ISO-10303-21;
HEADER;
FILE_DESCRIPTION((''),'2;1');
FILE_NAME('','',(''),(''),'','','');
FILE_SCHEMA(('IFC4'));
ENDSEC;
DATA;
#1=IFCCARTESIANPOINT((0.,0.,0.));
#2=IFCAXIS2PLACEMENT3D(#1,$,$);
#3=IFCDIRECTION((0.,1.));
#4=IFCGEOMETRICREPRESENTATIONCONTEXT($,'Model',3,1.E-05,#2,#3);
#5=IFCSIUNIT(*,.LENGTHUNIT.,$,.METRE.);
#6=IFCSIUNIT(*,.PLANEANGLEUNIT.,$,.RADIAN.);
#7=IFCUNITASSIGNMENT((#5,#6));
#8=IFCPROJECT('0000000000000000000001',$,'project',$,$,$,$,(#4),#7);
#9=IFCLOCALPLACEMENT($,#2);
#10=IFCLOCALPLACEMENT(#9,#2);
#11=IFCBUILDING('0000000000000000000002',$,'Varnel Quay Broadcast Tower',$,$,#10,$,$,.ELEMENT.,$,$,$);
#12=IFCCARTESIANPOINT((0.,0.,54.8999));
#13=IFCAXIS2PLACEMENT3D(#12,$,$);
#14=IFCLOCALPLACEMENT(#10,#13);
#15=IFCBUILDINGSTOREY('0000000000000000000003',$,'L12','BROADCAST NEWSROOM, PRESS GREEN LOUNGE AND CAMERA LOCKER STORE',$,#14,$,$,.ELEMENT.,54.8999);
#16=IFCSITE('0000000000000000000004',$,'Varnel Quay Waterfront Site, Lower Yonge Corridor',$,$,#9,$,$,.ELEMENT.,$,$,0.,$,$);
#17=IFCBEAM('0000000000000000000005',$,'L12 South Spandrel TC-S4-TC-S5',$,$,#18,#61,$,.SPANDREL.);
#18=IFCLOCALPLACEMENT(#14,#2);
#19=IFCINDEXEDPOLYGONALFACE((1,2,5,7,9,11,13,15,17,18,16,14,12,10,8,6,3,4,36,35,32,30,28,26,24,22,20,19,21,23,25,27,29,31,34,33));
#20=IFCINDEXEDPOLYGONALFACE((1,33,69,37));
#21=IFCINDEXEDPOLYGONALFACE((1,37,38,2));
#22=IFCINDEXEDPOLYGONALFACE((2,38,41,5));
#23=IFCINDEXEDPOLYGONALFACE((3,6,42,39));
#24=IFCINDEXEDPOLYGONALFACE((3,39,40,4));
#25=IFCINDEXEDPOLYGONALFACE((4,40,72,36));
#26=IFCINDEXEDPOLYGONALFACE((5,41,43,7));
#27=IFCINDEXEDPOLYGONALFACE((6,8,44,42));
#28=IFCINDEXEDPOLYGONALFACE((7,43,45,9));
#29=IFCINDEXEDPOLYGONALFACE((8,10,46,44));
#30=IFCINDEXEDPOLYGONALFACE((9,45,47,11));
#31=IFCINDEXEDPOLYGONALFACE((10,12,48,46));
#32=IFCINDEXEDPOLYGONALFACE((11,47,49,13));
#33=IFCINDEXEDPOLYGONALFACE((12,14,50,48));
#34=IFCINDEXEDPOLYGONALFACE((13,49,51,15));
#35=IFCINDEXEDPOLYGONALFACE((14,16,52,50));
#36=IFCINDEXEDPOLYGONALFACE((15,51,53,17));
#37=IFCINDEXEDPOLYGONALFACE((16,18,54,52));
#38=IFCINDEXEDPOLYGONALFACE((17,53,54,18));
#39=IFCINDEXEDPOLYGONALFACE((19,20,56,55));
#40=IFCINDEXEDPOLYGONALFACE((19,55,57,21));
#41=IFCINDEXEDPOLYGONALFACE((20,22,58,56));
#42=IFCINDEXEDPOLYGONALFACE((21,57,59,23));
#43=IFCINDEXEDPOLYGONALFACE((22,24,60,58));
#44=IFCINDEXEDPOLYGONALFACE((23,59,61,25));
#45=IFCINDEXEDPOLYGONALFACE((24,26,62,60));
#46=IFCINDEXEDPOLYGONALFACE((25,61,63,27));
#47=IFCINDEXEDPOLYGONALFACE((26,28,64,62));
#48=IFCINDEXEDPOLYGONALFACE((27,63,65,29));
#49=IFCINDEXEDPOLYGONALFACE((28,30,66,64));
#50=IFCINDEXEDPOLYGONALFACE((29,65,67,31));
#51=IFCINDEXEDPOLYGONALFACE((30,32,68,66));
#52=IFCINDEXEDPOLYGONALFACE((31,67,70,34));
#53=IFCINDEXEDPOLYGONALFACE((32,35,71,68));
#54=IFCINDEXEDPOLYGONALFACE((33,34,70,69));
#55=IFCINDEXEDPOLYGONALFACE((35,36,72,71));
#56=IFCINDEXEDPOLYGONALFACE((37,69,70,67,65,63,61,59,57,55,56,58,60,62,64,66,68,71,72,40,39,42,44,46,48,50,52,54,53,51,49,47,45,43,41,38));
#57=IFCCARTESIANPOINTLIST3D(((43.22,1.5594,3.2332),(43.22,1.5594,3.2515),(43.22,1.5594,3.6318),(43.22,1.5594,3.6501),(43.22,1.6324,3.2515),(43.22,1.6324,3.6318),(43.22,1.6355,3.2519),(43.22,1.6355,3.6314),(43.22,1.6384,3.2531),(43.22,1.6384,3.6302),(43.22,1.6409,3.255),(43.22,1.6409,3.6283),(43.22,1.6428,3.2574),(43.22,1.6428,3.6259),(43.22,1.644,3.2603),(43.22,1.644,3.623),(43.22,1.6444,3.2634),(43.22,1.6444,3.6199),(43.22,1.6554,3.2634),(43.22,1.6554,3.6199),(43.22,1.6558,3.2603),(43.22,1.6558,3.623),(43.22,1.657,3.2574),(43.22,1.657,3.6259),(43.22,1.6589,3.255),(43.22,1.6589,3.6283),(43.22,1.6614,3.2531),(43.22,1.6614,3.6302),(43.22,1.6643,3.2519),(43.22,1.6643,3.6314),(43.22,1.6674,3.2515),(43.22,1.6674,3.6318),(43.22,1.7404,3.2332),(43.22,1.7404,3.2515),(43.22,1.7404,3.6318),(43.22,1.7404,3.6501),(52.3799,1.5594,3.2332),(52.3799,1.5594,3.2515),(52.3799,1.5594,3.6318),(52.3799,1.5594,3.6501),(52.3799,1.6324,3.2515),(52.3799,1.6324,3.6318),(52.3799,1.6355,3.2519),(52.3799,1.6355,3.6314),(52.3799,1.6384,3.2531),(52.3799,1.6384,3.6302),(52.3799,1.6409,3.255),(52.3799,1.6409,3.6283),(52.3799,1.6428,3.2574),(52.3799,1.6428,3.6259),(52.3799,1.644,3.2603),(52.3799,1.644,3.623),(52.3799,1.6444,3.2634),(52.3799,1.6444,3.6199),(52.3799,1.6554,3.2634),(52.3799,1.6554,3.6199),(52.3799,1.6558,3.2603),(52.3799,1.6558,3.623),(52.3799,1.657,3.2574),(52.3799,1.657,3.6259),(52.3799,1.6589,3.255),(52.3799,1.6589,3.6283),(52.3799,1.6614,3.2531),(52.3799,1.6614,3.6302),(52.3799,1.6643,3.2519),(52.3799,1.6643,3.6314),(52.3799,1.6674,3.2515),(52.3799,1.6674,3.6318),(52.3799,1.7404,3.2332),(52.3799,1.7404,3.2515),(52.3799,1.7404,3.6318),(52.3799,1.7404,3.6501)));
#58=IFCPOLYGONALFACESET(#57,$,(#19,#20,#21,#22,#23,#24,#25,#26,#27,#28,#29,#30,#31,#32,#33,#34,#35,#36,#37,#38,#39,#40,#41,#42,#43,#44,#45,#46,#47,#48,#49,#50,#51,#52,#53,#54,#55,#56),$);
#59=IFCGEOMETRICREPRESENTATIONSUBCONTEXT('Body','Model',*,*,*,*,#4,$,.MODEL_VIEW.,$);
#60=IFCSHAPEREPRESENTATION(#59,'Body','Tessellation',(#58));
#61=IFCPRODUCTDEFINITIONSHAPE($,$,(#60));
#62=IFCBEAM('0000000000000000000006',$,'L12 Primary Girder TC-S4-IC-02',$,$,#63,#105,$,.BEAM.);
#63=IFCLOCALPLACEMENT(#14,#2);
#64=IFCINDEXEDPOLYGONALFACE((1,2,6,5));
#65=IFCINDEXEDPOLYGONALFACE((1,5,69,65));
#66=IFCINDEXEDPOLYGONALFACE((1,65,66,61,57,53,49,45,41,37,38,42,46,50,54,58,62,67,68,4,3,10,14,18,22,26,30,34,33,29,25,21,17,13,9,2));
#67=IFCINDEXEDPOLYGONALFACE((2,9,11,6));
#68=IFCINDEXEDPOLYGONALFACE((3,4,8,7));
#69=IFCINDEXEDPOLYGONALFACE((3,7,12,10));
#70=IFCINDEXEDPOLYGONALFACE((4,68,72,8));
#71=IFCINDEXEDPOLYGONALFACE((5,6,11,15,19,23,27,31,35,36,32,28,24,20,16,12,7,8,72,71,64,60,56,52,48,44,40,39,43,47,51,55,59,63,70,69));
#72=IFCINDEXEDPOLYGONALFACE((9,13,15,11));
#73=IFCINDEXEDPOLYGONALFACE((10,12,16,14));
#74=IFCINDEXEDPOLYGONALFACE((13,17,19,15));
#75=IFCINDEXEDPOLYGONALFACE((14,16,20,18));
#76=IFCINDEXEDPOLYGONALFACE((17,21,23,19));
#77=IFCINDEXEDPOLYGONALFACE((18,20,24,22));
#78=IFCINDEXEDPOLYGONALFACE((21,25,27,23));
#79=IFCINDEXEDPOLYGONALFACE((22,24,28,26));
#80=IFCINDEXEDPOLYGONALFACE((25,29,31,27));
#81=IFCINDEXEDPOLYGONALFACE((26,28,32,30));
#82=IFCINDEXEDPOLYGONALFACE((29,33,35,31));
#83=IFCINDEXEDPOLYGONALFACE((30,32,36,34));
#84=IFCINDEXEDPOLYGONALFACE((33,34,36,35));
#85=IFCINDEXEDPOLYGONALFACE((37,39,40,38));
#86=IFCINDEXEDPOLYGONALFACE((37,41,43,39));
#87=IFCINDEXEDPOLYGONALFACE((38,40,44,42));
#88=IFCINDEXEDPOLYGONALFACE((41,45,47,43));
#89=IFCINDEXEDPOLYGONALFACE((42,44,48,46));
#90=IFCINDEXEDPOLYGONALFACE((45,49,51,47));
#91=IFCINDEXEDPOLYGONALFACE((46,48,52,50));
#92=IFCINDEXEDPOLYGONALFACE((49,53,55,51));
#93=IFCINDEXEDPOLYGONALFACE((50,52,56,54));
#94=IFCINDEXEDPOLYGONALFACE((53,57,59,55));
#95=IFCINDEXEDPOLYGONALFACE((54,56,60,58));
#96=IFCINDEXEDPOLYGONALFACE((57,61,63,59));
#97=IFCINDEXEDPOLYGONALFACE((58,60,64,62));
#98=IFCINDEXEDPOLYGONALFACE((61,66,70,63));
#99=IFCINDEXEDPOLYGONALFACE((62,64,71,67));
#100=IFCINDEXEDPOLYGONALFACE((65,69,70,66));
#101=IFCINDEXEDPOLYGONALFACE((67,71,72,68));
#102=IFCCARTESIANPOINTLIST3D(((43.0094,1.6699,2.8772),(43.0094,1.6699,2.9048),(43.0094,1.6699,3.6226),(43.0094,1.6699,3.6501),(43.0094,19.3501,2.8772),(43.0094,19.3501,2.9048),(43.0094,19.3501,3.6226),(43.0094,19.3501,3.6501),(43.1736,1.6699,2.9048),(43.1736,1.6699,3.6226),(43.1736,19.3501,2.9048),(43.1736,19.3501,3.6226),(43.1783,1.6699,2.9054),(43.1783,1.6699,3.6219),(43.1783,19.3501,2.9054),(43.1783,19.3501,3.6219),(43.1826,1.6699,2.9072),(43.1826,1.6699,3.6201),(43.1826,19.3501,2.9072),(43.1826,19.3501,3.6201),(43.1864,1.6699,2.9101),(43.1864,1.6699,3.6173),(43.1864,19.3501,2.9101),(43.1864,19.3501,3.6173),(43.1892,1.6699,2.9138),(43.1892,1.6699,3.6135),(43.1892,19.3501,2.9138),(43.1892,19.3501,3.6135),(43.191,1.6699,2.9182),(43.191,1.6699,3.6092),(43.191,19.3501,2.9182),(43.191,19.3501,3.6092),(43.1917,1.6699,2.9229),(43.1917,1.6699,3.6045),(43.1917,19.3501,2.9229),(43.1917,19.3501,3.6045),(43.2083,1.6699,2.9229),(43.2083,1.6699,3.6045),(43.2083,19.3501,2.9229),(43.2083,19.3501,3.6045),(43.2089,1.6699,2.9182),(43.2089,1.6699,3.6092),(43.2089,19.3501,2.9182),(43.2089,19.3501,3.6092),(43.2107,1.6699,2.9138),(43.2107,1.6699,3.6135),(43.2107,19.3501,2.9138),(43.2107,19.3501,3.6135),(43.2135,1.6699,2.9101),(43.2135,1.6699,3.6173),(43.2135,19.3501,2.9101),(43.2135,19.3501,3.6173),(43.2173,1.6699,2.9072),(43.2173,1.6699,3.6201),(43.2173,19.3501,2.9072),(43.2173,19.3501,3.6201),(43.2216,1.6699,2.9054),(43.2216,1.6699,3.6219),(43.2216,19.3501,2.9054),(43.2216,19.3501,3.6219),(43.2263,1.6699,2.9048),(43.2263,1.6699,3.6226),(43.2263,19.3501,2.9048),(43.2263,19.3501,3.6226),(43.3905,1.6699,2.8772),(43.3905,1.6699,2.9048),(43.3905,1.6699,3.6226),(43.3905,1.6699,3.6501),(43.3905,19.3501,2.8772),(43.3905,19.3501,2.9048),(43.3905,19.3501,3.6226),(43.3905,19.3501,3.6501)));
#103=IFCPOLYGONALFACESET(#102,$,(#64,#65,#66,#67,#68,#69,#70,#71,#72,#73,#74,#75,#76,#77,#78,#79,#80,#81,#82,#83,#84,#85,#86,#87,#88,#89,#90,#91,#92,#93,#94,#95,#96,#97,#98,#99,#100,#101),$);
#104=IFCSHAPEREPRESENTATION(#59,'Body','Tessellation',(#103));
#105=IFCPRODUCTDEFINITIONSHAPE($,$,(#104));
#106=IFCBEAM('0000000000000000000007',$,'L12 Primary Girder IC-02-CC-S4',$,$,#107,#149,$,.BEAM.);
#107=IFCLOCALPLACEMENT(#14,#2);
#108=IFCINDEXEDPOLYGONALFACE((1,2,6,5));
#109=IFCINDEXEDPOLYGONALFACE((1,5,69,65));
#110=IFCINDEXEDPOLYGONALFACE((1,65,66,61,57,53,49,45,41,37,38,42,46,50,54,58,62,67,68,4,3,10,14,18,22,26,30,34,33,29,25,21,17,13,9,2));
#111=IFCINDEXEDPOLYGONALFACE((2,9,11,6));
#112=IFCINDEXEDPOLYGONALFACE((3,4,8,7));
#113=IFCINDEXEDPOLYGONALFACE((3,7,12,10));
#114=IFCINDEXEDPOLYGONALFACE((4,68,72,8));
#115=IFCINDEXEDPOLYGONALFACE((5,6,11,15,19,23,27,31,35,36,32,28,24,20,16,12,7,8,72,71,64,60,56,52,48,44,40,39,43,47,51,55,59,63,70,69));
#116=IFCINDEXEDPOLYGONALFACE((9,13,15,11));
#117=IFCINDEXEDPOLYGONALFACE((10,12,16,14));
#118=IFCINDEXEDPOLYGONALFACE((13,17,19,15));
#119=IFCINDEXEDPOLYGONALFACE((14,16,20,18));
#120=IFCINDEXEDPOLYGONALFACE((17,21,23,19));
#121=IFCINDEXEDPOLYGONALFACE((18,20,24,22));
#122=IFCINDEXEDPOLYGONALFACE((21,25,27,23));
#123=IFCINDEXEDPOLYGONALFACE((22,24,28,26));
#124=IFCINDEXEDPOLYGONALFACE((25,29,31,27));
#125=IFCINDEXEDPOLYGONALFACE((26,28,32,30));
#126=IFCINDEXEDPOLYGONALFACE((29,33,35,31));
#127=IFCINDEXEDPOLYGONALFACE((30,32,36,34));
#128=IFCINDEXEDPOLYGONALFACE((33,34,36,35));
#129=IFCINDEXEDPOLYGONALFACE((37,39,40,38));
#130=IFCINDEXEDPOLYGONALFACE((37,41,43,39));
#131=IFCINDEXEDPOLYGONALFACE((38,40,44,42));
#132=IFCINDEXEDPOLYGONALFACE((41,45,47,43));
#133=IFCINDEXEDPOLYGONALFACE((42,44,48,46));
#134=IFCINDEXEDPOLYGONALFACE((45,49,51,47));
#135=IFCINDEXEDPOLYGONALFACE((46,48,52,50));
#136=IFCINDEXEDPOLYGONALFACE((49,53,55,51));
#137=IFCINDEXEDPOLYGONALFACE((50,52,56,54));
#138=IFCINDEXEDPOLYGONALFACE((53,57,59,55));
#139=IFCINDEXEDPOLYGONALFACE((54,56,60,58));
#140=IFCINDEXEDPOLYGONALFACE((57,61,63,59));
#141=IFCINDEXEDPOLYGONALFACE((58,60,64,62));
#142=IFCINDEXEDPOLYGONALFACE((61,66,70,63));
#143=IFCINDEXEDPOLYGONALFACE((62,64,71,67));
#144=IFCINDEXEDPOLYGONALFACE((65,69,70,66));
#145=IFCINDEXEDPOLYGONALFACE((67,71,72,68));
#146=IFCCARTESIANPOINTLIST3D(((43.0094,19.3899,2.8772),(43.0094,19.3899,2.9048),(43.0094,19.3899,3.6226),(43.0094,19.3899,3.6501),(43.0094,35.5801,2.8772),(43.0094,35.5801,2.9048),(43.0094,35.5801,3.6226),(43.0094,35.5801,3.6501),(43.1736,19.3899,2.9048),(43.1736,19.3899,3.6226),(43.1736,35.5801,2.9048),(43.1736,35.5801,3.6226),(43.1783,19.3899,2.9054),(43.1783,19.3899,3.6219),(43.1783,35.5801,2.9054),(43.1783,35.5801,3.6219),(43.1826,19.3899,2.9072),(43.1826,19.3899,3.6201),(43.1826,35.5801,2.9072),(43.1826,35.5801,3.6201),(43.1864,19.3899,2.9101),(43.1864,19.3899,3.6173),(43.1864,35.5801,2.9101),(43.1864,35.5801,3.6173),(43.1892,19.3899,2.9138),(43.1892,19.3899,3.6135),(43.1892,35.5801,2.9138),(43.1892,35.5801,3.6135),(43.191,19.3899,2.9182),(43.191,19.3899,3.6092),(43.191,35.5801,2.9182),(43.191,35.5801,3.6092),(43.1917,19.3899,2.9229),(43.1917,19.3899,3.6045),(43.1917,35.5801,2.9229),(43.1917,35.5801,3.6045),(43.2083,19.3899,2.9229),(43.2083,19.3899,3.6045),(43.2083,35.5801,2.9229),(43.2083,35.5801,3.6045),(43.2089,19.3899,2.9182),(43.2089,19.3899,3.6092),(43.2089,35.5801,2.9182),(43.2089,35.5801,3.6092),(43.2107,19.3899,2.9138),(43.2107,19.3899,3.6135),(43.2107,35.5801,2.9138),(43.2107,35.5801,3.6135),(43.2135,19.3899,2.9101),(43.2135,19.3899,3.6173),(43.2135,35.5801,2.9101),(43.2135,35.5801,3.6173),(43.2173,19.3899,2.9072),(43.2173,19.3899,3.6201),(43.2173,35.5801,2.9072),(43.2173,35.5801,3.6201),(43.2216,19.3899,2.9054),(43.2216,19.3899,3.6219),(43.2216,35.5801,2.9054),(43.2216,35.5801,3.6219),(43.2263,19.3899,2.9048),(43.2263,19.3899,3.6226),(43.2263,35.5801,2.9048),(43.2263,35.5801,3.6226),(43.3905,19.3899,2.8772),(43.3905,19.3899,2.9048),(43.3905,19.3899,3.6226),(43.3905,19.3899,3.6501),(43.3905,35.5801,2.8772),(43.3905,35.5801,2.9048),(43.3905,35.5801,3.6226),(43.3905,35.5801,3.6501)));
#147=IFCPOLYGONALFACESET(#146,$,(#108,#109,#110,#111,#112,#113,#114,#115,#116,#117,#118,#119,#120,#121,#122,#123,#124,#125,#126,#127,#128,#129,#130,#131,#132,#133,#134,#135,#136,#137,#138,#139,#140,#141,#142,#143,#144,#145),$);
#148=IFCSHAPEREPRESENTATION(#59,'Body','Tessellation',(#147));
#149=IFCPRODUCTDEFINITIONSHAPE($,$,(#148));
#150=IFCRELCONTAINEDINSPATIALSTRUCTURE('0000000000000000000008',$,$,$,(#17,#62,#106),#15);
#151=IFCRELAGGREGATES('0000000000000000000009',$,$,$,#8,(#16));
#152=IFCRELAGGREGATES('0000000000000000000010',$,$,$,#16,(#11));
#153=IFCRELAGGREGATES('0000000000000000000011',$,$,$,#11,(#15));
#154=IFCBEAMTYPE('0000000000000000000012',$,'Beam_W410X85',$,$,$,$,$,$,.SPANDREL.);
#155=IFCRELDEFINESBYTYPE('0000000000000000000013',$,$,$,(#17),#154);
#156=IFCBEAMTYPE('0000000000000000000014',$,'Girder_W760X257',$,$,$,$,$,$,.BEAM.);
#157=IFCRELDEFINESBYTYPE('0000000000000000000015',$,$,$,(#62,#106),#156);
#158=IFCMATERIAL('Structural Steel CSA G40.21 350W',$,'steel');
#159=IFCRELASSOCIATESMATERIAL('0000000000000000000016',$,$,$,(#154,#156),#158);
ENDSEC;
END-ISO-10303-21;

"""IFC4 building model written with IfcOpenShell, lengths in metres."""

from ifc_helpers import new_model, si_unit, direction, frame, origin, origin_2d, place, context, subcontext, project, spatial, i_section, extrude, source, transform, mapped, material, material_profile, profile_set, type_object, type_shapes, element, save


model = new_model("IFC4")

# Units and contexts
model_context = context("Model", 3, precision=1e-05, world=origin(), true_north=direction((0.0, 1.0)))
body_context = subcontext(model_context, "Body", "Model", "MODEL_VIEW")
ifc_project = project(units=[si_unit("LENGTHUNIT", "METRE"), si_unit("PLANEANGLEUNIT", "RADIAN")], contexts=[model_context])

# Site, building, storey
site_placement = place(None, origin())
site = spatial("IfcSite", under=ifc_project, at=site_placement, Name="Varnel Quay Waterfront Site, Lower Yonge Corridor", CompositionType="ELEMENT", RefElevation=0.0)
building_placement = place(site_placement, origin())
building = spatial("IfcBuilding", under=site, at=building_placement, Name="Varnel Quay Broadcast Tower", CompositionType="ELEMENT")
storey_placement = place(building_placement, frame((0.0, 0.0, 54.8999)))
storey = spatial("IfcBuildingStorey", under=building, at=storey_placement, Name="L12", Description="BROADCAST NEWSROOM, PRESS GREEN LOUNGE AND CAMERA LOCKER STORE", CompositionType="ELEMENT", Elevation=54.8999)

# Shared definitions
ifc_material_1 = material(Name="Structural Steel CSA G40.21 350W", Category="steel")

# Beams
ifc_material_profile_1 = material_profile(ifc_material_1, i_section(OverallWidth=0.1809, OverallDepth=0.417, WebThickness=0.011, FlangeThickness=0.0183, FilletRadius=0.012, at=origin_2d()), Name="W410X85")
ifc_profile_set_1 = profile_set([ifc_material_profile_1], Name="Structural Steel CSA G40.21 350W")
beam_type_1 = type_object("IfcBeamType", Name="Beam_W410X85", PredefinedType="SPANDREL", material=ifc_profile_set_1)
shared_shape_1 = source(origin(), body_context, "Body", "SweptSolid", [
    extrude(i_section(OverallWidth=0.1809, OverallDepth=0.417, WebThickness=0.011, FlangeThickness=0.0183, FilletRadius=0.012, at=origin_2d()), origin(), (0.0, 0.0, 1.0), 9.1599),
])
type_shapes(beam_type_1, [shared_shape_1])
for number, where, z_axis, x_axis, name in (
    (1, (43.22, 1.6499, 3.4417), (1.0, 0.0, 0.0), (0.0, 1.0, 0.0), "L12 South Spandrel TC-S4-TC-S5"),
):
    element("IfcBeam", number, at=place(storey_placement, frame(where, z_axis=z_axis, x_axis=x_axis)), inside=storey, type_object=beam_type_1, Name=name, PredefinedType="SPANDREL", context=body_context, shape_type="MappedRepresentation", body=[
        mapped(shared_shape_1, transform((0.0, 0.0, 0.0), x_axis=(1.0, 0.0, 0.0), y_axis=(0.0, 1.0, 0.0), z_axis=(0.0, 0.0, 1.0), scale=1.0)),
    ])
ifc_material_profile_2 = material_profile(ifc_material_1, i_section(OverallWidth=0.3811, OverallDepth=0.7729, WebThickness=0.0166, FlangeThickness=0.0276, FilletRadius=0.0181, at=origin_2d()), Name="W760X257")
ifc_profile_set_2 = profile_set([ifc_material_profile_2], Name="Structural Steel CSA G40.21 350W")
beam_type_2 = type_object("IfcBeamType", Name="Girder_W760X257", PredefinedType="BEAM", material=ifc_profile_set_2)
shared_shape_2 = source(origin(), body_context, "Body", "SweptSolid", [
    extrude(i_section(OverallWidth=0.3811, OverallDepth=0.7729, WebThickness=0.0166, FlangeThickness=0.0276, FilletRadius=0.0181, at=origin_2d()), origin(), (0.0, 0.0, 1.0), 17.6802),
])
beam_1_placement = place(storey_placement, frame((43.2, 1.6699, 3.2637), z_axis=(0.0, 1.0, 0.0), x_axis=(-1.0, 0.0, 0.0)))
element("IfcBeam", 2, at=beam_1_placement, inside=storey, type_object=beam_type_2, Name="L12 Primary Girder TC-S4-IC-02", PredefinedType="BEAM", context=body_context, shape_type="MappedRepresentation", body=[
    mapped(shared_shape_2, transform((0.0, 0.0, 0.0), x_axis=(1.0, 0.0, 0.0), y_axis=(0.0, 1.0, 0.0), z_axis=(0.0, 0.0, 1.0), scale=1.0)),
])
shared_shape_3 = source(origin(), body_context, "Body", "SweptSolid", [
    extrude(i_section(OverallWidth=0.3811, OverallDepth=0.7729, WebThickness=0.0166, FlangeThickness=0.0276, FilletRadius=0.0181, at=origin_2d()), origin(), (0.0, 0.0, 1.0), 16.1902),
])
beam_2_placement = place(storey_placement, frame((43.2, 19.3899, 3.2637), z_axis=(0.0, 1.0, 0.0), x_axis=(-1.0, 0.0, 0.0)))
element("IfcBeam", 3, at=beam_2_placement, inside=storey, type_object=beam_type_2, Name="L12 Primary Girder IC-02-CC-S4", PredefinedType="BEAM", context=body_context, shape_type="MappedRepresentation", body=[
    mapped(shared_shape_3, transform((0.0, 0.0, 0.0), x_axis=(1.0, 0.0, 0.0), y_axis=(0.0, 1.0, 0.0), z_axis=(0.0, 0.0, 1.0), scale=1.0)),
])

save(model, "model.ifc")
